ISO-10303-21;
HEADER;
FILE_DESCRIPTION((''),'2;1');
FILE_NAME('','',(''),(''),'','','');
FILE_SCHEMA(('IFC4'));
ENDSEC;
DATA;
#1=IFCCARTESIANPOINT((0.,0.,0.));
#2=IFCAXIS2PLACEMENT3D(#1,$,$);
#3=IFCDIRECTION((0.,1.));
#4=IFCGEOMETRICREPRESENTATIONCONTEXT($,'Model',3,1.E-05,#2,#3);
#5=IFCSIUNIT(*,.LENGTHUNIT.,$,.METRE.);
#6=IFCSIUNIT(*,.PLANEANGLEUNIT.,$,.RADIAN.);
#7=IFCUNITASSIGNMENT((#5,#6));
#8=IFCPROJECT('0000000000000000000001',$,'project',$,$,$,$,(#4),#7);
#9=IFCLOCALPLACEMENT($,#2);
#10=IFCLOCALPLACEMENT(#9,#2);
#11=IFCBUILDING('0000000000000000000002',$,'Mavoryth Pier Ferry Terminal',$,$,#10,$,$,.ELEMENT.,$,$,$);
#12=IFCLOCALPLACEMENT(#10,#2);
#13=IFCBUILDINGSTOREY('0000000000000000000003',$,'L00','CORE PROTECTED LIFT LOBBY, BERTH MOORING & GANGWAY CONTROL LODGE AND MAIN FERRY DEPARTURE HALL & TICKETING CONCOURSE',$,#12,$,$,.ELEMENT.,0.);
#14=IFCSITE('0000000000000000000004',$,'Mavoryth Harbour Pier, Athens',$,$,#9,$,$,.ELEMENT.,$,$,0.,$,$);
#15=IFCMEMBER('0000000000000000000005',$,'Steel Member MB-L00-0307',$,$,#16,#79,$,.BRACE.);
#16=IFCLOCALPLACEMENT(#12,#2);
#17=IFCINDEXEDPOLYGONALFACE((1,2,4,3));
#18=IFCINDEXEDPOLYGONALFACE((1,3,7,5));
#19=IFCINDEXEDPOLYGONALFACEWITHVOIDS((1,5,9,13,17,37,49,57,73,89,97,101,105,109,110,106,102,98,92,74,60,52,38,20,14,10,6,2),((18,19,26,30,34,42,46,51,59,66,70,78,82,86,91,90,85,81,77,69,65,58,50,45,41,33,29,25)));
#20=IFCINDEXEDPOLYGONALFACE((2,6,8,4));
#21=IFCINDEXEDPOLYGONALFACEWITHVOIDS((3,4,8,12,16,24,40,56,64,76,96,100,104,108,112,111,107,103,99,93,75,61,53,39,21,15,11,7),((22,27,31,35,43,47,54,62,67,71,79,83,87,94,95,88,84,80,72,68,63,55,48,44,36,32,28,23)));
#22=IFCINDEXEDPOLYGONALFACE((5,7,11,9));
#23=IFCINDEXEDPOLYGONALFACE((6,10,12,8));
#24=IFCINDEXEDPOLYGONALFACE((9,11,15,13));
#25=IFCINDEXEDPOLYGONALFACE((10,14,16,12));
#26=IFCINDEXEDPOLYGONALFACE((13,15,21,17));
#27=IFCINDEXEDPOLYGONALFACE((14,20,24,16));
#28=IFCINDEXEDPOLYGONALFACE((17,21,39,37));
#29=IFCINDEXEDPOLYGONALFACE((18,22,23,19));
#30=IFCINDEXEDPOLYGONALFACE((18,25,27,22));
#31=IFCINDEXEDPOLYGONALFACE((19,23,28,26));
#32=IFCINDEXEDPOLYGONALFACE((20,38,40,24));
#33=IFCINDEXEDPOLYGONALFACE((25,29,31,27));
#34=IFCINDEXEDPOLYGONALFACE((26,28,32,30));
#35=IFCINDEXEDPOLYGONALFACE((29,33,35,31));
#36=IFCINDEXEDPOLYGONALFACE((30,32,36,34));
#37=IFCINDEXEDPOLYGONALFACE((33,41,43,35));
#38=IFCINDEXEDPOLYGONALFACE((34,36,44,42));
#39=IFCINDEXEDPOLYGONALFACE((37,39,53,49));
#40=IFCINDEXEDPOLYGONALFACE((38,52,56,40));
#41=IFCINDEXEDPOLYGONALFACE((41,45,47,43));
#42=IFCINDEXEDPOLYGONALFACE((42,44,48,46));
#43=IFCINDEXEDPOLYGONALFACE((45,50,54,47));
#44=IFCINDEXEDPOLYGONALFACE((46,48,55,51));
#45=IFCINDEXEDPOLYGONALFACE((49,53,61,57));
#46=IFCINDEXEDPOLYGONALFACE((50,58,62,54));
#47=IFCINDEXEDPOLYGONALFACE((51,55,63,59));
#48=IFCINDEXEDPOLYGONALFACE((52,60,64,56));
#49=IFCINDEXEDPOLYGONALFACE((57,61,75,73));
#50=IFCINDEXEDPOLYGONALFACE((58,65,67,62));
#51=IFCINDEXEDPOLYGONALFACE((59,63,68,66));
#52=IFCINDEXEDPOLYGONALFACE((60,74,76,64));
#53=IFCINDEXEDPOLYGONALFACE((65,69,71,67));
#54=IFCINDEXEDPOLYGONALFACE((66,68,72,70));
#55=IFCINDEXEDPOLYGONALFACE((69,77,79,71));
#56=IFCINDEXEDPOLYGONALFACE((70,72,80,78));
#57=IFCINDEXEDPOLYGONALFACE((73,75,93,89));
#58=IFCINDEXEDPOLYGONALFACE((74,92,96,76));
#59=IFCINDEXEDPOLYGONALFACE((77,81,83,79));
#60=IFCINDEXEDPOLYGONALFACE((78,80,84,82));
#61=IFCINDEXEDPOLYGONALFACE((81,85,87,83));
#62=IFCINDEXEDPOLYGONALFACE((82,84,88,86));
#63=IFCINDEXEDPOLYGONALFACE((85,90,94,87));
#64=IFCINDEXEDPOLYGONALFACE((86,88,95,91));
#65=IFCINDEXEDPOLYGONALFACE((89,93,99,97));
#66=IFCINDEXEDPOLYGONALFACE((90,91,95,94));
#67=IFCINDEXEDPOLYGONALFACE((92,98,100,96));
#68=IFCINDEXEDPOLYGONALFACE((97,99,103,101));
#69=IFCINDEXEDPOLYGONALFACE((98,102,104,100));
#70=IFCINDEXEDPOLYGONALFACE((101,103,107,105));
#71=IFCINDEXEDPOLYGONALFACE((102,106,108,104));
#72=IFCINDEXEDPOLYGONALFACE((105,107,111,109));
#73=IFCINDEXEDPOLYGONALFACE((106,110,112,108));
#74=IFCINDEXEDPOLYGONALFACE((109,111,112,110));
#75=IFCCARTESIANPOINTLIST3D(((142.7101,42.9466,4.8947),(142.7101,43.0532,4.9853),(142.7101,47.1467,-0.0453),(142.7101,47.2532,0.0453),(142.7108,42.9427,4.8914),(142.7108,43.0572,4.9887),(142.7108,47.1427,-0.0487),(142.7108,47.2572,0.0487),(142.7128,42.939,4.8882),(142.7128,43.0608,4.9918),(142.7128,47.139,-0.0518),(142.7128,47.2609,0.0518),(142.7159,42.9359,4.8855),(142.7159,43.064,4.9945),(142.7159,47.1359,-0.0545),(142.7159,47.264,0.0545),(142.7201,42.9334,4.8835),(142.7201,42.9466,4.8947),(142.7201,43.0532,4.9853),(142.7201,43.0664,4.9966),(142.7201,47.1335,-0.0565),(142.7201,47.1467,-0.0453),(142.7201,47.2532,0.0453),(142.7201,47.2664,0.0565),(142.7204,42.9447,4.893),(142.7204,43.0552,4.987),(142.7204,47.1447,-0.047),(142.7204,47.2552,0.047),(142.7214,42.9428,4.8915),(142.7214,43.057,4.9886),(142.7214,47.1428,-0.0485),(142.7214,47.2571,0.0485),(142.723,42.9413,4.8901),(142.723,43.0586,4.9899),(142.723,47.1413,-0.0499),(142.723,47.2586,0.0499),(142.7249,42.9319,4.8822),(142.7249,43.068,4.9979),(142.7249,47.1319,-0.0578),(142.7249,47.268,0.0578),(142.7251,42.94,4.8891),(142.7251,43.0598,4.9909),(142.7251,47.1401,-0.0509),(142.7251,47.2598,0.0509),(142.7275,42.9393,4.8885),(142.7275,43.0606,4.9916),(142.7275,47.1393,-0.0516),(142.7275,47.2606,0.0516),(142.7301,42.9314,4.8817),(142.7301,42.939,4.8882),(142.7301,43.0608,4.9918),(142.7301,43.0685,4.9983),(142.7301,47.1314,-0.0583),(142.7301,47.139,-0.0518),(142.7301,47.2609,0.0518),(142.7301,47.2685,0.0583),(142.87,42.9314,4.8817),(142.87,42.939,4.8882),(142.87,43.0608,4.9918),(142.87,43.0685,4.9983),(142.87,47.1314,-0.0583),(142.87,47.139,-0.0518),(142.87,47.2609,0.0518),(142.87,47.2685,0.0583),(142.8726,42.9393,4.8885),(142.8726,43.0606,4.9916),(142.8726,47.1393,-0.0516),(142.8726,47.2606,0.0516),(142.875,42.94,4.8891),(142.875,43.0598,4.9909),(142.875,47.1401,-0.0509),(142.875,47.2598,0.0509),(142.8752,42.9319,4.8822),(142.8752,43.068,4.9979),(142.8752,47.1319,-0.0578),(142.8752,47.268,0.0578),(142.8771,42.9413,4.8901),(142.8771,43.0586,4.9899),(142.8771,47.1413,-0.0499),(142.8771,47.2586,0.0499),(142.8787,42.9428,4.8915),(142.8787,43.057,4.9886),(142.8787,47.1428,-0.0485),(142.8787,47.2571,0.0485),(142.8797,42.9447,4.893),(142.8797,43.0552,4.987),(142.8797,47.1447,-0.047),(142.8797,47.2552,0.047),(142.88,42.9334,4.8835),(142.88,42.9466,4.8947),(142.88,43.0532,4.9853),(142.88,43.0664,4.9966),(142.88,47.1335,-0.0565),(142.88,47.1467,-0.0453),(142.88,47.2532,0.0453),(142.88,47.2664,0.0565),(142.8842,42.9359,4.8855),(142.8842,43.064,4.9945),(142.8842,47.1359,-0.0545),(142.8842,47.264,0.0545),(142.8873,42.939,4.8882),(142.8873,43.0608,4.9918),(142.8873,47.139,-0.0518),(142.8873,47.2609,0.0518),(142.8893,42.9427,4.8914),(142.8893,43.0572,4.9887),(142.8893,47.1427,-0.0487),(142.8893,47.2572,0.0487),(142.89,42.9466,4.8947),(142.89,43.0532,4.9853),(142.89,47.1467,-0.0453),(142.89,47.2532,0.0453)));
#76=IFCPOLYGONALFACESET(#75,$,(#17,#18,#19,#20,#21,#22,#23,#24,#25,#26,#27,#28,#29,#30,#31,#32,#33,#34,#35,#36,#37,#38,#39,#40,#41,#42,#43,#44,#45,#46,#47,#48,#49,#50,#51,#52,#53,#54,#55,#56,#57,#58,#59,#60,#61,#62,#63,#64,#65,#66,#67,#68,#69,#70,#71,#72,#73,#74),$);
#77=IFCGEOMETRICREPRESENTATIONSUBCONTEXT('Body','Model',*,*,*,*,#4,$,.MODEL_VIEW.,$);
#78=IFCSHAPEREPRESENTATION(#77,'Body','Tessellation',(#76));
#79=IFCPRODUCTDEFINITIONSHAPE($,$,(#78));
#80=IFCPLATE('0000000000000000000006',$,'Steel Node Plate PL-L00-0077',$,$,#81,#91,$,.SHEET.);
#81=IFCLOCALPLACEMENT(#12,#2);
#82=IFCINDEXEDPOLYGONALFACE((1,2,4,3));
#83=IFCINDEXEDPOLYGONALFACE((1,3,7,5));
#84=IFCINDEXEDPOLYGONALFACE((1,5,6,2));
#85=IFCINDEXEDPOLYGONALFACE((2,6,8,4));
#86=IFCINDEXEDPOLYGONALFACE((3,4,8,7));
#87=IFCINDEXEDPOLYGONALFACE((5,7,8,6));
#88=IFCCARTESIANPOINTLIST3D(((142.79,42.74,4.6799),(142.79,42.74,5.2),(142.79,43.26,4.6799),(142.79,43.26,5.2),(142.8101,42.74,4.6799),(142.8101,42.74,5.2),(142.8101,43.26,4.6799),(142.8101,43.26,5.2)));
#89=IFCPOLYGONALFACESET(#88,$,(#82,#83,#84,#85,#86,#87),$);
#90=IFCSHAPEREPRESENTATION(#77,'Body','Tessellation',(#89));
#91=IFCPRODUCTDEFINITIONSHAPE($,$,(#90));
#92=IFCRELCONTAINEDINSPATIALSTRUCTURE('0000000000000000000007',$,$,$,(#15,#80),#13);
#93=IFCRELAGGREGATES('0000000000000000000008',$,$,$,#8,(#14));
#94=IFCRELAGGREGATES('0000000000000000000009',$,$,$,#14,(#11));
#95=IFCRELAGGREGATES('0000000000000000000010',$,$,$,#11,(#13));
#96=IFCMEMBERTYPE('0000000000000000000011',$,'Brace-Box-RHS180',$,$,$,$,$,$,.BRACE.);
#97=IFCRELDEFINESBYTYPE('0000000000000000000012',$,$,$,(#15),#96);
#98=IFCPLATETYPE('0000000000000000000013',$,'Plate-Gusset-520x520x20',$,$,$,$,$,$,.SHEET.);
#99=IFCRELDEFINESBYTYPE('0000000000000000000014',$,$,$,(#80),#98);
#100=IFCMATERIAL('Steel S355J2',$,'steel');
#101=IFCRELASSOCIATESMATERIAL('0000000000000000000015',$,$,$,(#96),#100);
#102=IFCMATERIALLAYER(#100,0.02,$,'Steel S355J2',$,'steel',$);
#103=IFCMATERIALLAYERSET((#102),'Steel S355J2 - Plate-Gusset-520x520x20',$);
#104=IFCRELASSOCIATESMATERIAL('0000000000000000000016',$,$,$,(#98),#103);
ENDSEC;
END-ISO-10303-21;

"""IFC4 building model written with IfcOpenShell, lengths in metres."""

from ifc_helpers import new_model, si_unit, direction, frame, origin, origin_2d, place, context, subcontext, project, spatial, rectangle, hollow_rectangle, extrude, material, layer, layer_set, material_profile, profile_set, type_object, element, save


model = new_model("IFC4")

# Units and contexts
model_context = context("Model", 3, precision=1e-05, world=origin(), true_north=direction((0.0, 1.0)))
body_context = subcontext(model_context, "Body", "Model", "MODEL_VIEW")
ifc_project = project(units=[si_unit("LENGTHUNIT", "METRE"), si_unit("PLANEANGLEUNIT", "RADIAN")], contexts=[model_context])

# Site, building, storey
site_placement = place(None, origin())
site = spatial("IfcSite", under=ifc_project, at=site_placement, Name="Mavoryth Harbour Pier, Athens", CompositionType="ELEMENT", RefElevation=0.0)
building_placement = place(site_placement, origin())
building = spatial("IfcBuilding", under=site, at=building_placement, Name="Mavoryth Pier Ferry Terminal", CompositionType="ELEMENT")
storey_placement = place(building_placement, origin())
storey = spatial("IfcBuildingStorey", under=building, at=storey_placement, Name="L00", Description="CORE PROTECTED LIFT LOBBY, BERTH MOORING & GANGWAY CONTROL LODGE AND MAIN FERRY DEPARTURE HALL & TICKETING CONCOURSE", CompositionType="ELEMENT", Elevation=0.0)

# Member
ifc_material_1 = material(Name="Steel S355J2", Category="steel")
ifc_material_profile_1 = material_profile(ifc_material_1, hollow_rectangle(XDim=0.1799, YDim=0.1799, WallThickness=0.01, InnerFilletRadius=0.01, OuterFilletRadius=0.02, at=origin_2d()), Name="RHS 180x180x10.0", Category="steel")
ifc_profile_set_1 = profile_set([ifc_material_profile_1], Name="Steel S355J2 - RHS 180x180x10.0")
member_type = type_object("IfcMemberType", Name="Brace-Box-RHS180", PredefinedType="BRACE", material=ifc_profile_set_1)
member_placement = place(storey_placement, frame((142.8, 47.2, 0.0), z_axis=(0.0, -0.647738, 0.761863), x_axis=(1.0, 0.0, 0.0)))
element("IfcMember", 1, at=member_placement, inside=storey, type_object=member_type, Name="Steel Member MB-L00-0307", PredefinedType="BRACE", context=body_context, shape_type="SweptSolid", body=[
    extrude(hollow_rectangle(XDim=0.1799, YDim=0.1799, WallThickness=0.01, InnerFilletRadius=0.01, OuterFilletRadius=0.02, at=origin_2d()), origin(), (0.0, 0.0, 1.0), 6.4841),
])

# Plate
ifc_layer = layer(ifc_material_1, 0.02, Name="Steel S355J2", Category="steel")
ifc_layer_set = layer_set([ifc_layer], Name="Steel S355J2 - Plate-Gusset-520x520x20")
plate_type = type_object("IfcPlateType", Name="Plate-Gusset-520x520x20", PredefinedType="SHEET", material=ifc_layer_set)
plate_placement = place(storey_placement, frame((142.8, 43.0, 4.6799), z_axis=(0.0, 0.0, 1.0), x_axis=(0.0, 1.0, 0.0)))
element("IfcPlate", 2, at=plate_placement, inside=storey, type_object=plate_type, Name="Steel Node Plate PL-L00-0077", PredefinedType="SHEET", context=body_context, shape_type="SweptSolid", body=[
    extrude(rectangle(XDim=0.52, YDim=0.02, at=origin_2d()), origin(), (0.0, 0.0, 1.0), 0.52),
])

save(model, "model.ifc")
